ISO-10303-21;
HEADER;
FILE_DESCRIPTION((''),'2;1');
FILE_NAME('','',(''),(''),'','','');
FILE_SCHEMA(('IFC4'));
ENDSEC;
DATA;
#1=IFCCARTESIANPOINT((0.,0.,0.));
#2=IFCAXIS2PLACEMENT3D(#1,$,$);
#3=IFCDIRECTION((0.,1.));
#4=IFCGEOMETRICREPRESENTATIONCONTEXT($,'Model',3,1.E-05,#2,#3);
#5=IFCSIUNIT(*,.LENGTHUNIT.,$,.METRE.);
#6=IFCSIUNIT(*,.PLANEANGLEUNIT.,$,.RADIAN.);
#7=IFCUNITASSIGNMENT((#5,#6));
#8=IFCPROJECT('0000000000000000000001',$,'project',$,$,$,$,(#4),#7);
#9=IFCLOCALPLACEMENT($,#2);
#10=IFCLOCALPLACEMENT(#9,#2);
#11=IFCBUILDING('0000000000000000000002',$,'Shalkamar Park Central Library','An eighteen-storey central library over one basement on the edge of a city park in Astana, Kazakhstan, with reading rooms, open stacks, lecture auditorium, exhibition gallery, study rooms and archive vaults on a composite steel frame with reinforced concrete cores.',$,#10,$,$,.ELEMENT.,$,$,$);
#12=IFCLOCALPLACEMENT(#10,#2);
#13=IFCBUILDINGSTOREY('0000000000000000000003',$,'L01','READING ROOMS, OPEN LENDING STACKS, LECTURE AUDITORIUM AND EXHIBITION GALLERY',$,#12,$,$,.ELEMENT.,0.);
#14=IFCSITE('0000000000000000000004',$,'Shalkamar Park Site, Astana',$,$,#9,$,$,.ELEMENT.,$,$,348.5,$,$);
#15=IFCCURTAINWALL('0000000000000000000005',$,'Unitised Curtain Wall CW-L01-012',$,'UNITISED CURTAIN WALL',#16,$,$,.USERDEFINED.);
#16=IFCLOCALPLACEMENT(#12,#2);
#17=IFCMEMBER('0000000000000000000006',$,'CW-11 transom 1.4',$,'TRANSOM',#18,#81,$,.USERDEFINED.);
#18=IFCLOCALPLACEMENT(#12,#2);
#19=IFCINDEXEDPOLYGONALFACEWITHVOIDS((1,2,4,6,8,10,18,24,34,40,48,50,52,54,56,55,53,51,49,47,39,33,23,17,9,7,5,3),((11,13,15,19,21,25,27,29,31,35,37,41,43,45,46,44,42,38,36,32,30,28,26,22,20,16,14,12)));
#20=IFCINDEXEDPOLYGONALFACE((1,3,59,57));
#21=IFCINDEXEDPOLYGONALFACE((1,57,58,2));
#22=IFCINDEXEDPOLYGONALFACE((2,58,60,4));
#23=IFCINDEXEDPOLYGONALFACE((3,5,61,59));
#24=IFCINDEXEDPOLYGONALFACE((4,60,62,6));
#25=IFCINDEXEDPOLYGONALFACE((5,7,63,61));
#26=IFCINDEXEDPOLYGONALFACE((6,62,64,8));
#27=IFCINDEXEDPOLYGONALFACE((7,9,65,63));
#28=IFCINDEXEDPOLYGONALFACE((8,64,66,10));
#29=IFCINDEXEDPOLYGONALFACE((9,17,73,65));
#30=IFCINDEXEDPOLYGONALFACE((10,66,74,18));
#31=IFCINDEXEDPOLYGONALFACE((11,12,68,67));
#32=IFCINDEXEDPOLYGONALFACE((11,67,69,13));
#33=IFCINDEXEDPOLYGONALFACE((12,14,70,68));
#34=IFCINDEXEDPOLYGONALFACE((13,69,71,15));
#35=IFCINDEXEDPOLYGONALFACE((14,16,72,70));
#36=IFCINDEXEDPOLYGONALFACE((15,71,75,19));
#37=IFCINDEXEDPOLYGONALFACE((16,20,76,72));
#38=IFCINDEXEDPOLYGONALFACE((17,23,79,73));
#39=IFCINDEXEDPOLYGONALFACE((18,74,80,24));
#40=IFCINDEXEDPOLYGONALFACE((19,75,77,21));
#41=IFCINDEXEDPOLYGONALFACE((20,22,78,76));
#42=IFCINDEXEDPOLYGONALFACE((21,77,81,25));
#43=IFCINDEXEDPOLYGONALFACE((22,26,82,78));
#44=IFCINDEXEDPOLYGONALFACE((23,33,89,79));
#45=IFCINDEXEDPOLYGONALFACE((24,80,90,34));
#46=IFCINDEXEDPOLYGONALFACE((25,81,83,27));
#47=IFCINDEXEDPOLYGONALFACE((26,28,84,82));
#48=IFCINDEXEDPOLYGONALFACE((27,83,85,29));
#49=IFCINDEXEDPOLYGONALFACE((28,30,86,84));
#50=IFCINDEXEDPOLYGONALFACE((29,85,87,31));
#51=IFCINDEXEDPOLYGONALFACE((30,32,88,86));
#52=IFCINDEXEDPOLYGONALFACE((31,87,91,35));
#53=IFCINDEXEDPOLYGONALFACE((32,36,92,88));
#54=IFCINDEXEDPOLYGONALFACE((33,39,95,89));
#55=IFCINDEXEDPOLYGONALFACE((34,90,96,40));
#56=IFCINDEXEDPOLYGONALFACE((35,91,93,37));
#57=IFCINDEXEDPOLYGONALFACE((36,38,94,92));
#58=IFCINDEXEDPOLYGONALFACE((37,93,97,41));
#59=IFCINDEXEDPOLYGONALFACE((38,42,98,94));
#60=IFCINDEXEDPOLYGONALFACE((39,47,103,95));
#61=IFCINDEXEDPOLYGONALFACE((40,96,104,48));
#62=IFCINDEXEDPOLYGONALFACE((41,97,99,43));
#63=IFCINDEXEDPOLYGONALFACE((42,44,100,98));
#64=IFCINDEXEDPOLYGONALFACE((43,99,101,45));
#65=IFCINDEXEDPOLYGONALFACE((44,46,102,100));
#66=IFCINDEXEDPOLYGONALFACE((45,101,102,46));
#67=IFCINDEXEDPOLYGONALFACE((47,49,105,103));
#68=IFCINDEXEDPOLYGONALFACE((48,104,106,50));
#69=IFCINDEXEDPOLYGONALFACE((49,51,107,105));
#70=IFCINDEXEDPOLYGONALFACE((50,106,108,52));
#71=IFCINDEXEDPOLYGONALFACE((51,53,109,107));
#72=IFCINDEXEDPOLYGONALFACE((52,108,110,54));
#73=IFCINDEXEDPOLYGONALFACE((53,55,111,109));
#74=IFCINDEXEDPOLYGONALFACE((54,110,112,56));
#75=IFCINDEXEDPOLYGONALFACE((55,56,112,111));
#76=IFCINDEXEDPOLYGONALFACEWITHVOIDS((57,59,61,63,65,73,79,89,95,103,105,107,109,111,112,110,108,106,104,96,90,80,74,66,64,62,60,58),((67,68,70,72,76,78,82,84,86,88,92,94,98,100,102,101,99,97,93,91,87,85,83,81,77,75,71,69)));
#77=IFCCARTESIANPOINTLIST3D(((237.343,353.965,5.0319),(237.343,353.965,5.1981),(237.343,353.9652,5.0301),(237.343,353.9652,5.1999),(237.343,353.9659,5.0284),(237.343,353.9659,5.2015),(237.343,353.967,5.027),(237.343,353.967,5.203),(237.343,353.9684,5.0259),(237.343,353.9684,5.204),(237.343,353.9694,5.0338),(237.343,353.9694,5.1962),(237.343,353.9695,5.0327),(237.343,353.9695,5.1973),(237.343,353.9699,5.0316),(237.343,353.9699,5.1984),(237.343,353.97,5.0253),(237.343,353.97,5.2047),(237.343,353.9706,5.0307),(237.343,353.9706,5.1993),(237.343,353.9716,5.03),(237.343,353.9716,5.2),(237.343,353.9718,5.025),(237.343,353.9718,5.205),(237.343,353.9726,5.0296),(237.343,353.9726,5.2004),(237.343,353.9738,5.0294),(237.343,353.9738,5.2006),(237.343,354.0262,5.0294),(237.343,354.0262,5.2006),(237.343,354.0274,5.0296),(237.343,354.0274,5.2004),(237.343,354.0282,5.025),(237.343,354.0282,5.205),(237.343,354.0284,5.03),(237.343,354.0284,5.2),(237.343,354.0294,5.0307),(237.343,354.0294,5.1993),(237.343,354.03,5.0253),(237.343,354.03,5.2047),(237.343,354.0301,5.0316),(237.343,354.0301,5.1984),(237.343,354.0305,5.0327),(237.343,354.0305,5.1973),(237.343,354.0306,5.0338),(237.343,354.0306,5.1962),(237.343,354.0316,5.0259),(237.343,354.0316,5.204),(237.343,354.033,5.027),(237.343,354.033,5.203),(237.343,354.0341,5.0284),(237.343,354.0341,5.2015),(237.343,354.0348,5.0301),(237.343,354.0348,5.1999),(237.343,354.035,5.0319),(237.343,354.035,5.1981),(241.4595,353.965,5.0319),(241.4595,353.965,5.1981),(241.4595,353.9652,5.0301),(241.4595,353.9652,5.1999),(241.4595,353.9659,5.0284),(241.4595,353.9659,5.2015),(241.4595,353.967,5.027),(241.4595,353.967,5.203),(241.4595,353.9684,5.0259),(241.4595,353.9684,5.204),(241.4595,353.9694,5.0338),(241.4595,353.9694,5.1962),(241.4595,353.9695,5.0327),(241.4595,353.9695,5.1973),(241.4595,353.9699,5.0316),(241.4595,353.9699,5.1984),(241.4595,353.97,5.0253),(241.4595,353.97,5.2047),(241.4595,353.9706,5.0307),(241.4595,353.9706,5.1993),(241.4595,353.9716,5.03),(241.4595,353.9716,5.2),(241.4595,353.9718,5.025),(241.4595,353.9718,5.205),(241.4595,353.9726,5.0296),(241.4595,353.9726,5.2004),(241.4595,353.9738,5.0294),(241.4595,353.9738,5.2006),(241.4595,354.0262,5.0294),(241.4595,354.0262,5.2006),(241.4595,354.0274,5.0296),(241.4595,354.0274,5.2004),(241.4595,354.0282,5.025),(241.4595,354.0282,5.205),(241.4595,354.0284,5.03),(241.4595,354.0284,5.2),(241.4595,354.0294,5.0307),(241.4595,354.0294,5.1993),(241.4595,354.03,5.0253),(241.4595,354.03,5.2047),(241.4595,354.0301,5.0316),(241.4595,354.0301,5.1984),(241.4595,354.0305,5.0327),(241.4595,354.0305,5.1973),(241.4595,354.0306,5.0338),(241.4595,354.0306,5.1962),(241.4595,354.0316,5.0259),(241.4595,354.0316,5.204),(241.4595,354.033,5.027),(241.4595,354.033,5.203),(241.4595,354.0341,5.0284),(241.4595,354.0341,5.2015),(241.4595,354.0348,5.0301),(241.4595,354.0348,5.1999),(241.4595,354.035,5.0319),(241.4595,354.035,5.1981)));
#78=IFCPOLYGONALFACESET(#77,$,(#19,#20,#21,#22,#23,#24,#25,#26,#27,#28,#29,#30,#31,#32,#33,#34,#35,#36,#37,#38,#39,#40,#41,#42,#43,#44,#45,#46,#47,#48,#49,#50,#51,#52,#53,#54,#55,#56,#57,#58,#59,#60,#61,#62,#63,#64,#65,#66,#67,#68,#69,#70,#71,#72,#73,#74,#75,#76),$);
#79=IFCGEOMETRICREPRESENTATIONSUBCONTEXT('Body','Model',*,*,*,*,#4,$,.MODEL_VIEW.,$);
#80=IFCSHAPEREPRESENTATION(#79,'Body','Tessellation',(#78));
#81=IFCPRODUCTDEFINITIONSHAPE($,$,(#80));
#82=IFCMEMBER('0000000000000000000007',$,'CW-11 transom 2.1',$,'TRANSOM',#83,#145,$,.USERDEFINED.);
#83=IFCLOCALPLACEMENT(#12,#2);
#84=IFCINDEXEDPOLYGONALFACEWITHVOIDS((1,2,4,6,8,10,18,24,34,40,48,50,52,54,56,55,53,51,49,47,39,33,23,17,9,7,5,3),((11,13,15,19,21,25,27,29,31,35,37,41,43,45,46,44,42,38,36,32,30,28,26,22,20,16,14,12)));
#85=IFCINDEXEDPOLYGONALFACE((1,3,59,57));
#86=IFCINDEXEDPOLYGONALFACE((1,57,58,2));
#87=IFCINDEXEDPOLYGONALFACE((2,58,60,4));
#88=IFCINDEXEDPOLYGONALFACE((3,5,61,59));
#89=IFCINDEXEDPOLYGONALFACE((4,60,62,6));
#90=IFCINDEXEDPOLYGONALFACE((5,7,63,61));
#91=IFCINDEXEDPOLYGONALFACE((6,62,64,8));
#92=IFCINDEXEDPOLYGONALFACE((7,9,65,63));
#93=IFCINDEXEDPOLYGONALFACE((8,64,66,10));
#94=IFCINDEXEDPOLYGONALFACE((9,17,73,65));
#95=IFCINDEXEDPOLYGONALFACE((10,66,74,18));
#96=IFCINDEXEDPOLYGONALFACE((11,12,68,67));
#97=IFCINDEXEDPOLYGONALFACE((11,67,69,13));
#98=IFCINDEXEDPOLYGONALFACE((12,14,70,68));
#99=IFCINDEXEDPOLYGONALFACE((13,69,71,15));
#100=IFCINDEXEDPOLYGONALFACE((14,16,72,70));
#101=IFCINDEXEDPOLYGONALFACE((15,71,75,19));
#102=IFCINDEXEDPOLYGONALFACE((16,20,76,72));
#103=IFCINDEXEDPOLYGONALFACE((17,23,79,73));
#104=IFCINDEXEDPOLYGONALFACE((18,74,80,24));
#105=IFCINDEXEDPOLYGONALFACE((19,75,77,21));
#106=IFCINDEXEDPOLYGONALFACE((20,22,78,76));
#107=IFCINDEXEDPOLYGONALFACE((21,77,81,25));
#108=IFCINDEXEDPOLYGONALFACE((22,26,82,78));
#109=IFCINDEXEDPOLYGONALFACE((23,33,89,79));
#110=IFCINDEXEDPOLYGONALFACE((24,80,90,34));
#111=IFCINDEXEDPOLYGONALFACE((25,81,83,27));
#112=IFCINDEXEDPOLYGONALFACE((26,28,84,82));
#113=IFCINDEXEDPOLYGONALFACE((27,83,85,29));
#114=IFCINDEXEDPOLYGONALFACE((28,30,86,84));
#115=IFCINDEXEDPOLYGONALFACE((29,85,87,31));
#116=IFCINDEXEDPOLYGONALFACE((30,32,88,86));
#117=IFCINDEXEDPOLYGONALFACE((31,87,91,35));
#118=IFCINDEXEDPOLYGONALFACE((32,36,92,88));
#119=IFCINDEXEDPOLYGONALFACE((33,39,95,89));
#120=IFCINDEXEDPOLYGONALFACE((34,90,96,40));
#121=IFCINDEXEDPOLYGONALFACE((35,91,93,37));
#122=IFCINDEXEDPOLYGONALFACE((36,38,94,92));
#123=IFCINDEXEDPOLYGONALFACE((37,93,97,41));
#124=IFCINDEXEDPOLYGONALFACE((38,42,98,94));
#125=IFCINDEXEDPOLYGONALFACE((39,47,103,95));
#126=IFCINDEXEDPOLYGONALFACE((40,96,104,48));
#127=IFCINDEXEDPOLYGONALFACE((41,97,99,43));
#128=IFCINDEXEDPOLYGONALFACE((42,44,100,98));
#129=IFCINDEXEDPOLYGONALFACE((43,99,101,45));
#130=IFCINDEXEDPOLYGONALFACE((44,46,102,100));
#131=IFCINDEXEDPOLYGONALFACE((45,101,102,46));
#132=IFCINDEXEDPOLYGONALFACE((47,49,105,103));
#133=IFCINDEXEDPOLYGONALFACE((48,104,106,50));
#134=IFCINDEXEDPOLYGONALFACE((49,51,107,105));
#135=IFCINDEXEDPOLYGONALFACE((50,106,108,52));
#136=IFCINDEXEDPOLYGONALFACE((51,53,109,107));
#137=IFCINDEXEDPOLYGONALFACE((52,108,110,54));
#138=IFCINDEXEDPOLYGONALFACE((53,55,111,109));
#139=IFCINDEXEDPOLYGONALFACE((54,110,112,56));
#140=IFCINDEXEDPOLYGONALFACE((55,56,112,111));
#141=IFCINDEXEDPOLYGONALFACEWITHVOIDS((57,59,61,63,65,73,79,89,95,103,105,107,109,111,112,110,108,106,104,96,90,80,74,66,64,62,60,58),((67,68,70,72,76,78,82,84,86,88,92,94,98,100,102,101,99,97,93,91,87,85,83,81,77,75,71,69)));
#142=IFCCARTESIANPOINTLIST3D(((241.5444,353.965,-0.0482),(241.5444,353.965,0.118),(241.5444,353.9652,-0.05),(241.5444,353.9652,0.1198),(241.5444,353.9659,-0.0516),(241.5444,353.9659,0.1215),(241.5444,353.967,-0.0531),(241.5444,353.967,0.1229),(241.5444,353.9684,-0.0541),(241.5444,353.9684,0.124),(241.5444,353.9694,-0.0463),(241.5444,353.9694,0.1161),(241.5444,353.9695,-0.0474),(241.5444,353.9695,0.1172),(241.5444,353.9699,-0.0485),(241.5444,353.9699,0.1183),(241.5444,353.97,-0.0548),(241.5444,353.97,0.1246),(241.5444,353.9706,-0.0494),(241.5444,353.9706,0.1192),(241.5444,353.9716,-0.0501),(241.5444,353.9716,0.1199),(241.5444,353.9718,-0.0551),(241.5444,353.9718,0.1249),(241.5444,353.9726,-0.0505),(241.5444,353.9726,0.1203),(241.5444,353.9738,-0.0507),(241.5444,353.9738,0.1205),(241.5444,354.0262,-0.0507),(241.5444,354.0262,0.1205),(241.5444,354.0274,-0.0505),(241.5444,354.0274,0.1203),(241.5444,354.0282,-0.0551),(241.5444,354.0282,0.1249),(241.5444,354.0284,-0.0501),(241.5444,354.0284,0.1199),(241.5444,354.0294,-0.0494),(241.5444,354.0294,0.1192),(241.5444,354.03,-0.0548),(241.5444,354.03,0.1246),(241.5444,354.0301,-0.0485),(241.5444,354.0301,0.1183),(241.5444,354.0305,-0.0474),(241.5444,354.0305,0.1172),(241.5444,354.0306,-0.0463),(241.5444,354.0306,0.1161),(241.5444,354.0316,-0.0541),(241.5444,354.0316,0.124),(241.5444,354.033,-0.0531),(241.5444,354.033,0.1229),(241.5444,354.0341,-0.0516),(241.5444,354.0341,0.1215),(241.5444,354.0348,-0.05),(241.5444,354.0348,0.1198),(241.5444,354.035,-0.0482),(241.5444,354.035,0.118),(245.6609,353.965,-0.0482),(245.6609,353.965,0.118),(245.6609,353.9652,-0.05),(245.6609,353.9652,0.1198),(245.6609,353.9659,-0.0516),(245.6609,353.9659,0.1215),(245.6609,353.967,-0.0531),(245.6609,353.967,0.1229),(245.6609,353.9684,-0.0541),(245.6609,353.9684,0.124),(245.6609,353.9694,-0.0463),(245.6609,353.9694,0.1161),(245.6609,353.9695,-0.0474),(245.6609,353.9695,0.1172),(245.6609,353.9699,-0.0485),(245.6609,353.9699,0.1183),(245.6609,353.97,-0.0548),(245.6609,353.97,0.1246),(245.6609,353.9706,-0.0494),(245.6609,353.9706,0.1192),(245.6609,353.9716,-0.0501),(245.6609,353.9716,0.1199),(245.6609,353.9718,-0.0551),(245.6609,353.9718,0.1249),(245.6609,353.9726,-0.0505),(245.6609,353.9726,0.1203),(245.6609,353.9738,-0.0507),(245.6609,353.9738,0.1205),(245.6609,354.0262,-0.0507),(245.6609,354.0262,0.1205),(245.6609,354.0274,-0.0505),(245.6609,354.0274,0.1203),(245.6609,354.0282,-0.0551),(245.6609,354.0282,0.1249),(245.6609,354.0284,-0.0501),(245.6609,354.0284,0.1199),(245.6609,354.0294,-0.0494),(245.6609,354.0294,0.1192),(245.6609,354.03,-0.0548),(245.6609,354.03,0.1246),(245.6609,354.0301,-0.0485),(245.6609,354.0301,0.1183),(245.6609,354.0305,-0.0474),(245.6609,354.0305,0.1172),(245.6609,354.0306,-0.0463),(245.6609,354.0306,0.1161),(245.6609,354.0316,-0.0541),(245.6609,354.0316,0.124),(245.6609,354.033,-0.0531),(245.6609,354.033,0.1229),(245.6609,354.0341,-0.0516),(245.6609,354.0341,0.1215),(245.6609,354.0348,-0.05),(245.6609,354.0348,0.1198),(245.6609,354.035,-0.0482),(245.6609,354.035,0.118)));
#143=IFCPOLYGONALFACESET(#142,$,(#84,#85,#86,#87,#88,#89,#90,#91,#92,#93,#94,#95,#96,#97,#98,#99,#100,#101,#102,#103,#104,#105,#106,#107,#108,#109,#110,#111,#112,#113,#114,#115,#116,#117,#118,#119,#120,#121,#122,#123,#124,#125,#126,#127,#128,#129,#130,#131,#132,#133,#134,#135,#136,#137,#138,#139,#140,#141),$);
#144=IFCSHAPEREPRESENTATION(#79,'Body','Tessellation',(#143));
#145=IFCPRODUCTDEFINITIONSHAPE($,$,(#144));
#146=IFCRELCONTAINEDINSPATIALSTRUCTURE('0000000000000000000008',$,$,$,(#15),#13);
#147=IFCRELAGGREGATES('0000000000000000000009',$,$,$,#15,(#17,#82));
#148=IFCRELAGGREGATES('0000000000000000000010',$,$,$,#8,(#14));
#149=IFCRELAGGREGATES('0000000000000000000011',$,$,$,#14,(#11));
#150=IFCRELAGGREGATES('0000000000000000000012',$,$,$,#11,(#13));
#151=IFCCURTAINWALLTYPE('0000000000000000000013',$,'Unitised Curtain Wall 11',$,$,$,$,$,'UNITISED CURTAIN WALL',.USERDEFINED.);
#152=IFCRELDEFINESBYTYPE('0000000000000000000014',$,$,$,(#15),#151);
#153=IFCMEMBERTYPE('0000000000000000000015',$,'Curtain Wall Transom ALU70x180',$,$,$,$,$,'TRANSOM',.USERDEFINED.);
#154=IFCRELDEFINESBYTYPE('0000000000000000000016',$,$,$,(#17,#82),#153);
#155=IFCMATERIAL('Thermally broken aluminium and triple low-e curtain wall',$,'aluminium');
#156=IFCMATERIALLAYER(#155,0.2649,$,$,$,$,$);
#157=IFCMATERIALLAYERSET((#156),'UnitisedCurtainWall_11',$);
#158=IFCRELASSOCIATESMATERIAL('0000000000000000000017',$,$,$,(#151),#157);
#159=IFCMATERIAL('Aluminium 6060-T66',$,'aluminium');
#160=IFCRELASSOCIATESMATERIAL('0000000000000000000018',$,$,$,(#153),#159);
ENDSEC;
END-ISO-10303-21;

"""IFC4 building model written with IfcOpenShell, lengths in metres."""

from ifc_helpers import new_model, si_unit, direction, frame, origin, origin_2d, place, context, subcontext, project, spatial, hollow_rectangle, extrude, material, layer, layer_set, material_profile, profile_set, type_object, element, aggregate, save


model = new_model("IFC4")

# Units and contexts
model_context = context("Model", 3, precision=1e-05, world=origin(), true_north=direction((0.0, 1.0)))
body_context = subcontext(model_context, "Body", "Model", "MODEL_VIEW")
ifc_project = project(units=[si_unit("LENGTHUNIT", "METRE"), si_unit("PLANEANGLEUNIT", "RADIAN")], contexts=[model_context])

# Site, building, storey
site_placement = place(None, origin())
site = spatial("IfcSite", under=ifc_project, at=site_placement, Name="Shalkamar Park Site, Astana", CompositionType="ELEMENT", RefElevation=348.5)
building_placement = place(site_placement, origin())
building = spatial("IfcBuilding", under=site, at=building_placement, Name="Shalkamar Park Central Library", Description="An eighteen-storey central library over one basement on the edge of a city park in Astana, Kazakhstan, with reading rooms, open stacks, lecture auditorium, exhibition gallery, study rooms and archive vaults on a composite steel frame with reinforced concrete cores.", CompositionType="ELEMENT")
storey_placement = place(building_placement, origin())
storey = spatial("IfcBuildingStorey", under=building, at=storey_placement, Name="L01", Description="READING ROOMS, OPEN LENDING STACKS, LECTURE AUDITORIUM AND EXHIBITION GALLERY", CompositionType="ELEMENT", Elevation=0.0)

# Curtain wall
ifc_material_1 = material(Name="Thermally broken aluminium and triple low-e curtain wall", Category="aluminium")
ifc_material_2 = material(Name="Aluminium 6060-T66", Category="aluminium")
ifc_layer_1 = layer(ifc_material_1, 0.2649)
ifc_layer_set_1 = layer_set([ifc_layer_1], Name="UnitisedCurtainWall_11")
curtain_wall_type_1 = type_object("IfcCurtainWallType", Name="Unitised Curtain Wall 11", ElementType="UNITISED CURTAIN WALL", PredefinedType="USERDEFINED", material=ifc_layer_set_1)
curtain_wall_1_placement = place(storey_placement, origin())
curtain_wall_1 = element("IfcCurtainWall", 1, at=curtain_wall_1_placement, inside=storey, type_object=curtain_wall_type_1, Name="Unitised Curtain Wall CW-L01-012", ObjectType="UNITISED CURTAIN WALL", PredefinedType="USERDEFINED")

# Members
ifc_material_profile_1 = material_profile(ifc_material_2, hollow_rectangle(XDim=0.0701, YDim=0.1799, WallThickness=0.0044, InnerFilletRadius=0.0044, OuterFilletRadius=0.0068, at=origin_2d()), Name="ALU 70x180x4.5")
ifc_profile_set_1 = profile_set([ifc_material_profile_1], Name="Aluminium 6060-T66")
member_type_1 = type_object("IfcMemberType", Name="Curtain Wall Transom ALU70x180", ElementType="TRANSOM", PredefinedType="USERDEFINED", material=ifc_profile_set_1)
member_1_placement = place(storey_placement, frame((237.343, 354.0, 5.115), z_axis=(1.0, 0.0, 0.0), x_axis=(0.0, 1.0, 0.0)))
member_1 = element("IfcMember", 2, at=member_1_placement, type_object=member_type_1, Name="CW-11 transom 1.4", ObjectType="TRANSOM", PredefinedType="USERDEFINED", context=body_context, shape_type="SweptSolid", body=[
    extrude(hollow_rectangle(XDim=0.0701, YDim=0.1799, WallThickness=0.0044, InnerFilletRadius=0.0044, OuterFilletRadius=0.0068, at=origin_2d()), origin(), (0.0, 0.0, 1.0), 4.1165),
])
member_2_placement = place(storey_placement, frame((241.5444, 354.0, 0.0349), z_axis=(1.0, 0.0, 0.0), x_axis=(0.0, 1.0, 0.0)))
member_2 = element("IfcMember", 3, at=member_2_placement, type_object=member_type_1, Name="CW-11 transom 2.1", ObjectType="TRANSOM", PredefinedType="USERDEFINED", context=body_context, shape_type="SweptSolid", body=[
    extrude(hollow_rectangle(XDim=0.0701, YDim=0.1799, WallThickness=0.0044, InnerFilletRadius=0.0044, OuterFilletRadius=0.0068, at=origin_2d()), origin(), (0.0, 0.0, 1.0), 4.1165),
])

aggregate(curtain_wall_1, [member_1, member_2])

save(model, "model.ifc")
